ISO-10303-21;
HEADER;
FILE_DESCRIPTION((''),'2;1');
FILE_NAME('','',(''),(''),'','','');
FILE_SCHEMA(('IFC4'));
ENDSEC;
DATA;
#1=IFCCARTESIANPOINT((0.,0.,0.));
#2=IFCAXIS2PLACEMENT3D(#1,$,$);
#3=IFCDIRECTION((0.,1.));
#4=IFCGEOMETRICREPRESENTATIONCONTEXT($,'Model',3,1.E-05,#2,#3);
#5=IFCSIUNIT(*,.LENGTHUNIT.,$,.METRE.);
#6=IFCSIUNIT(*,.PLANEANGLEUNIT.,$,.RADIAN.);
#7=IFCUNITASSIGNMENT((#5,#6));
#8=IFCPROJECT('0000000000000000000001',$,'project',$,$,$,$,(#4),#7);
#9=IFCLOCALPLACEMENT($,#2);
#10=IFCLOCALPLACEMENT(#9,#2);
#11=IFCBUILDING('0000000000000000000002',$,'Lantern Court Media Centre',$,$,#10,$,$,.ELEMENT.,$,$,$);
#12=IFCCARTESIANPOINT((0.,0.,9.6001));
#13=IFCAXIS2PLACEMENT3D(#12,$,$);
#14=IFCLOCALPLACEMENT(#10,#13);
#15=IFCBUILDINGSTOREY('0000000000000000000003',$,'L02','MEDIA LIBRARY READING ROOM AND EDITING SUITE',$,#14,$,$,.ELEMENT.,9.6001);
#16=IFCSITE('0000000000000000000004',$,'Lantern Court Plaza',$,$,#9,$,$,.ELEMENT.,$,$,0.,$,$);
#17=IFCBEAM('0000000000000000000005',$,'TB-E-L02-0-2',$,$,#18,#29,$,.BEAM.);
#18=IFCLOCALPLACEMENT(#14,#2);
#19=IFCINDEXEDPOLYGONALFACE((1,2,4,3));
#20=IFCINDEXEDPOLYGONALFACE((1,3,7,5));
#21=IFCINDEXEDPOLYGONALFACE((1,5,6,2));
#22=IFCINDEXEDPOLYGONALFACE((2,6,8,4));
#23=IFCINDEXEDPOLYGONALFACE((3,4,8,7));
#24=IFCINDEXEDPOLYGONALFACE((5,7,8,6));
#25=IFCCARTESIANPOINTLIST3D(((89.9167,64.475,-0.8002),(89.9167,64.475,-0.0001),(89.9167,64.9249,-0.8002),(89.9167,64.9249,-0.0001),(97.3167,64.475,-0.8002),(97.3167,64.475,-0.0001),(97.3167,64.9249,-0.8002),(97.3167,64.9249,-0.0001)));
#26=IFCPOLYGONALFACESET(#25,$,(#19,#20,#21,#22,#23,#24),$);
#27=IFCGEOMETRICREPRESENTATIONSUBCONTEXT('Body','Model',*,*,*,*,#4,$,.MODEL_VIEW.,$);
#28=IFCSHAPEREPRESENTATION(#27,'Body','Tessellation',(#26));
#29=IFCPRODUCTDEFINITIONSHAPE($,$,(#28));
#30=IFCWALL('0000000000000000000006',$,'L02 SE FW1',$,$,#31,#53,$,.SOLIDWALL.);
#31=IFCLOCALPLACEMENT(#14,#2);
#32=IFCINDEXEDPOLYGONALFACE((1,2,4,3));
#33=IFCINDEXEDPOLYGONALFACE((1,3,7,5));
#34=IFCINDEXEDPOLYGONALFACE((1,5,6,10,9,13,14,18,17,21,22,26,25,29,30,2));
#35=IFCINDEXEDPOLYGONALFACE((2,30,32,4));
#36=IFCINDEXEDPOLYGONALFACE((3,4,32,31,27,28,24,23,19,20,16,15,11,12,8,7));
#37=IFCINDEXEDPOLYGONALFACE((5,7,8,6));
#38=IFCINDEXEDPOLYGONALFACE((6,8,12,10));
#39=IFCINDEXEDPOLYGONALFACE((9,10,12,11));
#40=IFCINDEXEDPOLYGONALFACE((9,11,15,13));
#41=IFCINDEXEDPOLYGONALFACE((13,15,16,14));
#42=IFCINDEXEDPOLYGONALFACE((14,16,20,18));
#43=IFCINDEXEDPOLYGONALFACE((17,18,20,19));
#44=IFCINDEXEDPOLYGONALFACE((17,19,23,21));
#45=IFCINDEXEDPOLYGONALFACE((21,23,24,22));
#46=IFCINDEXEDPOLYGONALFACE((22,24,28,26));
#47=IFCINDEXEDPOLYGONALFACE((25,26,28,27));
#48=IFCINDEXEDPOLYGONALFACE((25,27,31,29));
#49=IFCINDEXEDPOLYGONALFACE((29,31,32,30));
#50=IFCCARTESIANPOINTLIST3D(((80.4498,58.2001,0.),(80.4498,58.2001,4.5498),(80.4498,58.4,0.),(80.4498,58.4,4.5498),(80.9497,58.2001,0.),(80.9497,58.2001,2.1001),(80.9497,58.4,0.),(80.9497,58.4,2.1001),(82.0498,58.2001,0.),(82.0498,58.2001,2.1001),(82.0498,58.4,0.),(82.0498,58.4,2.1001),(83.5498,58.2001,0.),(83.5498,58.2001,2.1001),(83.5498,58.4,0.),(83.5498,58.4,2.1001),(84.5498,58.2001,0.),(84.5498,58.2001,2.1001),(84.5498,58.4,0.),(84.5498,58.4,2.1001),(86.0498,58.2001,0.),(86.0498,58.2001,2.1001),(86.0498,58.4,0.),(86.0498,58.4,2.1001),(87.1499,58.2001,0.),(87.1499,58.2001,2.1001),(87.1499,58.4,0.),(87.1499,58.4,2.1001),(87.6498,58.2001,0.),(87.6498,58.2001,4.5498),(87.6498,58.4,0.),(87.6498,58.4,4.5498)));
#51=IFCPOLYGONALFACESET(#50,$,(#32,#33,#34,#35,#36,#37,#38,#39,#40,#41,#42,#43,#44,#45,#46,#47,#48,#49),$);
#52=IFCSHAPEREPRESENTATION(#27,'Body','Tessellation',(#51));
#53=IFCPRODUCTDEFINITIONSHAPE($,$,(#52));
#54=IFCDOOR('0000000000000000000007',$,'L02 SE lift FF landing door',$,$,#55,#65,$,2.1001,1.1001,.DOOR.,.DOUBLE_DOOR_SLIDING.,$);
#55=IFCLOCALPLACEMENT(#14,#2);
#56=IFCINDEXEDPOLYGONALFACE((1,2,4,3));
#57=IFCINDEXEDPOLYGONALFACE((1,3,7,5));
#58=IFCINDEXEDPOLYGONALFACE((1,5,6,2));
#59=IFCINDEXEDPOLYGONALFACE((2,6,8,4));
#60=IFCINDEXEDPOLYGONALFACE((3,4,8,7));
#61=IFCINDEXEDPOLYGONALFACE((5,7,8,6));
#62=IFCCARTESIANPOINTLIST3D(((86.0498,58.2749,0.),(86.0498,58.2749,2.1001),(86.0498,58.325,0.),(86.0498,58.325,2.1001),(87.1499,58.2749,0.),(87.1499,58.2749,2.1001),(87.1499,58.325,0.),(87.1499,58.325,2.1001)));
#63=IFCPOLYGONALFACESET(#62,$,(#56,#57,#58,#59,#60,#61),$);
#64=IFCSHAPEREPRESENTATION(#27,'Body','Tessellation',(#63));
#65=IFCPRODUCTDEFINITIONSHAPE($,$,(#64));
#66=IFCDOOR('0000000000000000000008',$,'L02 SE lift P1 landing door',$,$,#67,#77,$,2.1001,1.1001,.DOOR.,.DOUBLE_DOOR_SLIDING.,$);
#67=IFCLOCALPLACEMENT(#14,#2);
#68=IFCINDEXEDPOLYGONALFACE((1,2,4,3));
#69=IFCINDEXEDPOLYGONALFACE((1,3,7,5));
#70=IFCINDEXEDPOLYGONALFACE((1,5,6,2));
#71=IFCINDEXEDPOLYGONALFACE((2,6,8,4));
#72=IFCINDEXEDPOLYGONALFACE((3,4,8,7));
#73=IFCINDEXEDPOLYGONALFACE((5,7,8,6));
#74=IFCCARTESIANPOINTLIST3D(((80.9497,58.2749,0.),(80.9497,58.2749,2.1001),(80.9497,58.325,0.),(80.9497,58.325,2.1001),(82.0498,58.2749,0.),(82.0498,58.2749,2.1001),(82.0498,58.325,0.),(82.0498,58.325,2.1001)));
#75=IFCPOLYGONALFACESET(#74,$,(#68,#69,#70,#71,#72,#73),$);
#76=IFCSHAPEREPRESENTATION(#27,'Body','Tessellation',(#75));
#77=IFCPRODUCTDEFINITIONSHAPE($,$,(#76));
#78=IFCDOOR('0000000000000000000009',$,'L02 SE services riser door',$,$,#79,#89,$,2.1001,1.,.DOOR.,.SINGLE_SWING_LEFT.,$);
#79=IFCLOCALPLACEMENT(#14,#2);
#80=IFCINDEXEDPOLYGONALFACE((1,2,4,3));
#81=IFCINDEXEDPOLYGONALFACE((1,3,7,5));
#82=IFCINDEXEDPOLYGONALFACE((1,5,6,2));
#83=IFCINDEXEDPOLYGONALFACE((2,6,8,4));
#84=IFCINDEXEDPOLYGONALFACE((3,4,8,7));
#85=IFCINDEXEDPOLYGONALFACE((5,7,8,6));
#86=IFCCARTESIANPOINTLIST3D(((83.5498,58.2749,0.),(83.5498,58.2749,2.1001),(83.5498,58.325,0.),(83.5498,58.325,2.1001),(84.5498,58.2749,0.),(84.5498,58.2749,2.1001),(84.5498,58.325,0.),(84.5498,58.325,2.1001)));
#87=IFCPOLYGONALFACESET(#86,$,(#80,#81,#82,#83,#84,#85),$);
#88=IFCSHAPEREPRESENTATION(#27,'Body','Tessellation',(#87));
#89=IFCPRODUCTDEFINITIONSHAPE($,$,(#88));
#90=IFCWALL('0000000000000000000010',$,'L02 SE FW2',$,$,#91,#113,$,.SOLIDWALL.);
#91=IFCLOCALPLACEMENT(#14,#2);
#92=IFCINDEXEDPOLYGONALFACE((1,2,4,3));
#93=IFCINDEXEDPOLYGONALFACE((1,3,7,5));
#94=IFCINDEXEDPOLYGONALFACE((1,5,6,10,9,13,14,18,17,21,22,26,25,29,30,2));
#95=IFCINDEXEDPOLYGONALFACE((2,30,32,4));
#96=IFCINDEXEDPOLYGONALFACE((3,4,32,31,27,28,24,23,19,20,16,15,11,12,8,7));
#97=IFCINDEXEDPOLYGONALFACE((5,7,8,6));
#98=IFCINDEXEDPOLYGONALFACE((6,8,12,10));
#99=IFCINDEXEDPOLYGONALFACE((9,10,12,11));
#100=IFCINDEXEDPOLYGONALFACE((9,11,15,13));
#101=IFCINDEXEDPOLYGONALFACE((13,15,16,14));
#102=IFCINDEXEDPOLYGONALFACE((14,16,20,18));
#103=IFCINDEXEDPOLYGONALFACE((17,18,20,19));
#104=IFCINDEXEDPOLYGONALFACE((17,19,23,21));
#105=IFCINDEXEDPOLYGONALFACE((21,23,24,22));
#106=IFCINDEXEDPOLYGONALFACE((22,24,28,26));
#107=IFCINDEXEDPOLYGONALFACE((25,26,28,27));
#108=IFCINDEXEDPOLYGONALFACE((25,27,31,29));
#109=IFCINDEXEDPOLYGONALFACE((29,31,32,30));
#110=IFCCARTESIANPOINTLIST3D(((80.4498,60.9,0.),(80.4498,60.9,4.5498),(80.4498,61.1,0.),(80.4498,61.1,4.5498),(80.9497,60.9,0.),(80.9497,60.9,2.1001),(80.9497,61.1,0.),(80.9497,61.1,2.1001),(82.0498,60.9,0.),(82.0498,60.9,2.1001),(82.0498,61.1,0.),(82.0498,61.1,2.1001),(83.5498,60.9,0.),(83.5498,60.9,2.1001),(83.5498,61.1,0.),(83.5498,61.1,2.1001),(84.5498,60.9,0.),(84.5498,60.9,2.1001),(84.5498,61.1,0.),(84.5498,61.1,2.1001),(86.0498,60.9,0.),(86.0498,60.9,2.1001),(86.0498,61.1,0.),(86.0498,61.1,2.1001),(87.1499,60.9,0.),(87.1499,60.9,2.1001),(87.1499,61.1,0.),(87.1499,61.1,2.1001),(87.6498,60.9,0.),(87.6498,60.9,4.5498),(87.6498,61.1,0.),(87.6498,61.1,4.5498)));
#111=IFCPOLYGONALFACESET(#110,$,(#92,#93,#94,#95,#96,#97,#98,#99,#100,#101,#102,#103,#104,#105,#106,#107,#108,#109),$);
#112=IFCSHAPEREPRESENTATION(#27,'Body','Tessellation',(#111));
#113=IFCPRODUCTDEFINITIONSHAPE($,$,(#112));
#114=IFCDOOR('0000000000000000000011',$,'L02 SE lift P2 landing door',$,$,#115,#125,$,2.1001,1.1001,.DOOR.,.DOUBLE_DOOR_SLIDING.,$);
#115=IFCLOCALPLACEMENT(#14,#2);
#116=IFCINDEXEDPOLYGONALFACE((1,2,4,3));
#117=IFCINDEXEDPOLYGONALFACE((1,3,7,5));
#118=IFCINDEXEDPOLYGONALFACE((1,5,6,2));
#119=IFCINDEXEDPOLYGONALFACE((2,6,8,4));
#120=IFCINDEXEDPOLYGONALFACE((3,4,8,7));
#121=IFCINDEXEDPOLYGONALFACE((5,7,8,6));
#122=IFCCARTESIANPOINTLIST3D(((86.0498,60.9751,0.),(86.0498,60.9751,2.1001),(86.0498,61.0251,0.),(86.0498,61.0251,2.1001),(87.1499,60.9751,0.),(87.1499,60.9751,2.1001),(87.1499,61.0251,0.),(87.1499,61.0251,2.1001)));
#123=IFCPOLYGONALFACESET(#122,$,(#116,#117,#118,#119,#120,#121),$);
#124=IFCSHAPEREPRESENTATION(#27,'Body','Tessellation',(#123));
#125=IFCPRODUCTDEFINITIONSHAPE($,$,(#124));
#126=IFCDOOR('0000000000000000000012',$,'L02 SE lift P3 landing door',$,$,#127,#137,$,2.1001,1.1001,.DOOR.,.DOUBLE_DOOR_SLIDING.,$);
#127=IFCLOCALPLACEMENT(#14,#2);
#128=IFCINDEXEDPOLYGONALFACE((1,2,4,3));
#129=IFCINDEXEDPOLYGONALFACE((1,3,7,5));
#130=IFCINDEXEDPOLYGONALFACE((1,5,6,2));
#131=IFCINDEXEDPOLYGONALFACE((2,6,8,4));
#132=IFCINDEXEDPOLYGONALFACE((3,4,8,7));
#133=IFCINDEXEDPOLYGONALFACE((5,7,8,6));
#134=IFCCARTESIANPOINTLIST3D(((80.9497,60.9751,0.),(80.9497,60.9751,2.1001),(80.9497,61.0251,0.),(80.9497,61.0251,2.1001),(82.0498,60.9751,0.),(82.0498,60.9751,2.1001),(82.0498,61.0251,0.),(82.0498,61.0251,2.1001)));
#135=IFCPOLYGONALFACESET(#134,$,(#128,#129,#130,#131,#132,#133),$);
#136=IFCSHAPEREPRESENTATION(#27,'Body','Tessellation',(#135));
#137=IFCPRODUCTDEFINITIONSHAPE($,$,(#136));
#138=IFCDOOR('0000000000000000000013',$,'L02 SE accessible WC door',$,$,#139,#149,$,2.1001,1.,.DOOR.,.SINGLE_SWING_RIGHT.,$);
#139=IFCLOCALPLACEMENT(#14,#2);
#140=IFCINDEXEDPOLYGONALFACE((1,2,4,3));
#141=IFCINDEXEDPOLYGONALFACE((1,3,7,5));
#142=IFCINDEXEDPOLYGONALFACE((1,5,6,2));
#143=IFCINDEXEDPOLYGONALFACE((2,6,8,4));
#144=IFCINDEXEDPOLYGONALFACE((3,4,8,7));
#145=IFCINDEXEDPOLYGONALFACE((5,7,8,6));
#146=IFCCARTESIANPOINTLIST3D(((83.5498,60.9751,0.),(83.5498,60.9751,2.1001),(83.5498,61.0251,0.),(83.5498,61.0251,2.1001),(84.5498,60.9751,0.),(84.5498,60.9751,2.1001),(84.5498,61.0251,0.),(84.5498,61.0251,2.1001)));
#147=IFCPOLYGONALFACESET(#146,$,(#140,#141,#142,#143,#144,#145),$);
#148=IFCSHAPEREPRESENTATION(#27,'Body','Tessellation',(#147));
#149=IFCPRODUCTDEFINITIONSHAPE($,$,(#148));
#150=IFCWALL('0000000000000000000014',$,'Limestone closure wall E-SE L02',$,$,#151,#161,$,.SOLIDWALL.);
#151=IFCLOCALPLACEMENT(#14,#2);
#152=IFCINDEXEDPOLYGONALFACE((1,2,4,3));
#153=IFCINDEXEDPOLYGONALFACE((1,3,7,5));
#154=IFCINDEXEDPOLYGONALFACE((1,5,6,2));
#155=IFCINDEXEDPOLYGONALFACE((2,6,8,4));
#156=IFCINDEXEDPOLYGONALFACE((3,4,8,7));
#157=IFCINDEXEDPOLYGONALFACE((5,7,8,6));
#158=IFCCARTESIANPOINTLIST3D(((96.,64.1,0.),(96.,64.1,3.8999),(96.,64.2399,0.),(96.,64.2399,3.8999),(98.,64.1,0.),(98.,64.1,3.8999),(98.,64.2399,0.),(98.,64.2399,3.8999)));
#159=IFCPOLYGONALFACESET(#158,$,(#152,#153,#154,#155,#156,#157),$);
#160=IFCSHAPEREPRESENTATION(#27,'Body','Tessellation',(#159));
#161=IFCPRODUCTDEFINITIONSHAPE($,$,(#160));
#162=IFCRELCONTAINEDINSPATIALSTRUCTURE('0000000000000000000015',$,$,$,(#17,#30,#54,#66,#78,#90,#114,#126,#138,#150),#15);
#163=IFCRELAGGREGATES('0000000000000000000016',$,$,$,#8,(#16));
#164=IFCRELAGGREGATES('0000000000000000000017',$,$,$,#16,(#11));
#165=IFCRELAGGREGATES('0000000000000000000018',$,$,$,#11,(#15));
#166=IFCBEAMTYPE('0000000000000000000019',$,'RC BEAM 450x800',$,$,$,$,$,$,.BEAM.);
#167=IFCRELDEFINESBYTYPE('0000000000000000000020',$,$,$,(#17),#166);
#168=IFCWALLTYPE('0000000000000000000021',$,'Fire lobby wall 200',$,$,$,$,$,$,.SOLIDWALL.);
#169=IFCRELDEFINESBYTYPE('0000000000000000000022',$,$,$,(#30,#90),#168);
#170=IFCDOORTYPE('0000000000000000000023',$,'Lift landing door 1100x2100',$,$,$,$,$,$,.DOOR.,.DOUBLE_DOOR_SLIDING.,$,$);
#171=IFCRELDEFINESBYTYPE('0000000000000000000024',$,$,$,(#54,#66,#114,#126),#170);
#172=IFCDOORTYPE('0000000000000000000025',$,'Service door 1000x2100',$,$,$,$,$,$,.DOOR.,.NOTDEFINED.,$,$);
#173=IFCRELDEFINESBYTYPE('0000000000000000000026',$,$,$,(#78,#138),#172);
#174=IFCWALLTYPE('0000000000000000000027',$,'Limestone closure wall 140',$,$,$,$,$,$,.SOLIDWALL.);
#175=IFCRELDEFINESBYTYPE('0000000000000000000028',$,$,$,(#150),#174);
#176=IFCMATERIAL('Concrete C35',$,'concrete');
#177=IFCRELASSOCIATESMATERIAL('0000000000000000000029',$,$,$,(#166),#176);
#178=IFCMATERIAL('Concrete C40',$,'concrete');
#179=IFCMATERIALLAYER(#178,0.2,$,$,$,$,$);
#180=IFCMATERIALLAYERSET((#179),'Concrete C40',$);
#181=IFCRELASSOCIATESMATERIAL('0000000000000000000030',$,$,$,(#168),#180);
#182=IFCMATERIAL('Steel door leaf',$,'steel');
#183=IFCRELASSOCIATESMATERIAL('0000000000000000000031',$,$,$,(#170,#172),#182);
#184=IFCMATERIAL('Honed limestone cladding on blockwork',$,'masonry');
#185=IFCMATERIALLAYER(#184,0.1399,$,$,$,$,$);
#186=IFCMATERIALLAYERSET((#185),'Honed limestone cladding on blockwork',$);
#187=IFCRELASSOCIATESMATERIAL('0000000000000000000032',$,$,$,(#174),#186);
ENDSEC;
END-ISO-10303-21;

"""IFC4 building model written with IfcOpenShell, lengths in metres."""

from ifc_helpers import new_model, si_unit, direction, frame, frame_2d, origin, origin_2d, place, context, subcontext, project, spatial, rectangle, extrude, material, layer, layer_set, material_profile, profile_set, type_object, element, fill, save


model = new_model("IFC4")

# Units and contexts
model_context = context("Model", 3, precision=1e-05, world=origin(), true_north=direction((0.0, 1.0)))
body_context = subcontext(model_context, "Body", "Model", "MODEL_VIEW")
ifc_project = project(units=[si_unit("LENGTHUNIT", "METRE"), si_unit("PLANEANGLEUNIT", "RADIAN")], contexts=[model_context])

# Site, building, storey
site_placement = place(None, origin())
site = spatial("IfcSite", under=ifc_project, at=site_placement, Name="Lantern Court Plaza", CompositionType="ELEMENT", RefElevation=0.0)
building_placement = place(site_placement, origin())
building = spatial("IfcBuilding", under=site, at=building_placement, Name="Lantern Court Media Centre", CompositionType="ELEMENT")
storey_placement = place(building_placement, frame((0.0, 0.0, 9.6001)))
storey = spatial("IfcBuildingStorey", under=building, at=storey_placement, Name="L02", Description="MEDIA LIBRARY READING ROOM AND EDITING SUITE", CompositionType="ELEMENT", Elevation=9.6001)

# Shared definitions
ifc_material_1 = material(Name="Concrete C35", Category="concrete")

# Beam
ifc_material_profile_1 = material_profile(ifc_material_1, rectangle(XDim=0.45, YDim=0.8, at=origin_2d()), Name="RC 450x800")
ifc_profile_set_1 = profile_set([ifc_material_profile_1], Name="Concrete C35")
beam_type_1 = type_object("IfcBeamType", Name="RC BEAM 450x800", PredefinedType="BEAM", material=ifc_profile_set_1)
beam_1_placement = place(storey_placement, frame((89.9167, 64.7, -0.4001), z_axis=(1.0, 0.0, 0.0), x_axis=(0.0, 1.0, 0.0)))
element("IfcBeam", 1, at=beam_1_placement, inside=storey, type_object=beam_type_1, Name="TB-E-L02-0-2", PredefinedType="BEAM", context=body_context, shape_type="SweptSolid", body=[
    extrude(rectangle(XDim=0.45, YDim=0.8, at=origin_2d()), origin(), (0.0, 0.0, 1.0), 7.3999),
])

# Walls, openings, doors
ifc_material_2 = material(Name="Concrete C40", Category="concrete")
ifc_layer_1 = layer(ifc_material_2, 0.2)
ifc_layer_set_1 = layer_set([ifc_layer_1], Name="Concrete C40")
wall_type_1 = type_object("IfcWallType", Name="Fire lobby wall 200", PredefinedType="SOLIDWALL", material=ifc_layer_set_1)
wall_1_placement = place(storey_placement, frame((87.6499, 58.3, 0.0), z_axis=(0.0, 0.0, 1.0), x_axis=(-1.0, 0.0, 0.0)))
wall_1 = element("IfcWall", 2, at=wall_1_placement, inside=storey, type_object=wall_type_1, Name="L02 SE FW1", PredefinedType="SOLIDWALL", context=body_context, shape_type="SweptSolid", body=[
    extrude(rectangle(XDim=7.2, YDim=0.2, at=frame_2d((3.6001, 0.0))), origin(), (0.0, 0.0, 1.0), 4.5498),
])
opening_1_placement = place(wall_1_placement, frame((0.5, 0.0, 0.0)))
opening_1 = element("IfcOpeningElement", 3, at=opening_1_placement, cuts=wall_1, PredefinedType="OPENING", context=body_context, shape_type="SweptSolid", body=[
    extrude(rectangle(XDim=1.1001, YDim=2.1001, at=frame_2d((0.55, 1.05))), frame((0.0, 0.1099, 0.0), z_axis=(0.0, -1.0, 0.0), x_axis=(1.0, 0.0, 0.0)), (0.0, 0.0, 1.0), 0.22),
])
opening_2_placement = place(wall_1_placement, frame((5.6001, 0.0, 0.0)))
opening_2 = element("IfcOpeningElement", 4, at=opening_2_placement, cuts=wall_1, PredefinedType="OPENING", context=body_context, shape_type="SweptSolid", body=[
    extrude(rectangle(XDim=1.1001, YDim=2.1001, at=frame_2d((0.55, 1.05))), frame((0.0, 0.1099, 0.0), z_axis=(0.0, -1.0, 0.0), x_axis=(1.0, 0.0, 0.0)), (0.0, 0.0, 1.0), 0.22),
])
opening_3_placement = place(wall_1_placement, frame((3.1001, 0.0, 0.0)))
opening_3 = element("IfcOpeningElement", 5, at=opening_3_placement, cuts=wall_1, PredefinedType="OPENING", context=body_context, shape_type="SweptSolid", body=[
    extrude(rectangle(XDim=1.0, YDim=2.1001, at=frame_2d((0.5, 1.05))), frame((0.0, 0.1099, 0.0), z_axis=(0.0, -1.0, 0.0), x_axis=(1.0, 0.0, 0.0)), (0.0, 0.0, 1.0), 0.22),
])
ifc_material_3 = material(Name="Steel door leaf", Category="steel")
door_type_1 = type_object("IfcDoorType", Name="Lift landing door 1100x2100", OperationType="DOUBLE_DOOR_SLIDING", PredefinedType="DOOR", material=ifc_material_3)
door_1_placement = place(opening_1_placement, frame((1.1001, 0.0, 0.0), z_axis=(0.0, 0.0, 1.0), x_axis=(-1.0, 0.0, 0.0)))
door_1 = element("IfcDoor", 6, at=door_1_placement, inside=storey, type_object=door_type_1, Name="L02 SE lift FF landing door", OperationType="DOUBLE_DOOR_SLIDING", OverallHeight=2.1001, OverallWidth=1.1001, PredefinedType="DOOR", context=body_context, shape_type="SweptSolid", body=[
    extrude(rectangle(XDim=1.1001, YDim=2.1001, at=frame_2d((0.55, 1.05))), frame((0.0, 0.0249, 0.0), z_axis=(0.0, -1.0, 0.0), x_axis=(1.0, 0.0, 0.0)), (0.0, 0.0, 1.0), 0.05),
])
fill(opening_1, door_1)
door_2_placement = place(opening_2_placement, frame((1.1001, 0.0, 0.0), z_axis=(0.0, 0.0, 1.0), x_axis=(-1.0, 0.0, 0.0)))
door_2 = element("IfcDoor", 7, at=door_2_placement, inside=storey, type_object=door_type_1, Name="L02 SE lift P1 landing door", OperationType="DOUBLE_DOOR_SLIDING", OverallHeight=2.1001, OverallWidth=1.1001, PredefinedType="DOOR", context=body_context, shape_type="SweptSolid", body=[
    extrude(rectangle(XDim=1.1001, YDim=2.1001, at=frame_2d((0.55, 1.05))), frame((0.0, 0.0249, 0.0), z_axis=(0.0, -1.0, 0.0), x_axis=(1.0, 0.0, 0.0)), (0.0, 0.0, 1.0), 0.05),
])
fill(opening_2, door_2)
door_type_2 = type_object("IfcDoorType", Name="Service door 1000x2100", OperationType="NOTDEFINED", PredefinedType="DOOR", material=ifc_material_3)
door_3_placement = place(opening_3_placement, frame((1.0, 0.0, 0.0), z_axis=(0.0, 0.0, 1.0), x_axis=(-1.0, 0.0, 0.0)))
door_3 = element("IfcDoor", 8, at=door_3_placement, inside=storey, type_object=door_type_2, Name="L02 SE services riser door", OperationType="SINGLE_SWING_LEFT", OverallHeight=2.1001, OverallWidth=1.0, PredefinedType="DOOR", context=body_context, shape_type="SweptSolid", body=[
    extrude(rectangle(XDim=1.0, YDim=2.1001, at=frame_2d((0.5, 1.05))), frame((0.0, 0.0249, 0.0), z_axis=(0.0, -1.0, 0.0), x_axis=(1.0, 0.0, 0.0)), (0.0, 0.0, 1.0), 0.05),
])
fill(opening_3, door_3)
wall_2_placement = place(storey_placement, frame((87.6499, 61.0, 0.0), z_axis=(0.0, 0.0, 1.0), x_axis=(-1.0, 0.0, 0.0)))
wall_2 = element("IfcWall", 9, at=wall_2_placement, inside=storey, type_object=wall_type_1, Name="L02 SE FW2", PredefinedType="SOLIDWALL", context=body_context, shape_type="SweptSolid", body=[
    extrude(rectangle(XDim=7.2, YDim=0.2, at=frame_2d((3.6001, 0.0))), origin(), (0.0, 0.0, 1.0), 4.5498),
])
opening_4_placement = place(wall_2_placement, frame((0.5, 0.0, 0.0)))
opening_4 = element("IfcOpeningElement", 10, at=opening_4_placement, cuts=wall_2, PredefinedType="OPENING", context=body_context, shape_type="SweptSolid", body=[
    extrude(rectangle(XDim=1.1001, YDim=2.1001, at=frame_2d((0.55, 1.05))), frame((0.0, 0.1099, 0.0), z_axis=(0.0, -1.0, 0.0), x_axis=(1.0, 0.0, 0.0)), (0.0, 0.0, 1.0), 0.22),
])
opening_5_placement = place(wall_2_placement, frame((5.6001, 0.0, 0.0)))
opening_5 = element("IfcOpeningElement", 11, at=opening_5_placement, cuts=wall_2, PredefinedType="OPENING", context=body_context, shape_type="SweptSolid", body=[
    extrude(rectangle(XDim=1.1001, YDim=2.1001, at=frame_2d((0.55, 1.05))), frame((0.0, 0.1099, 0.0), z_axis=(0.0, -1.0, 0.0), x_axis=(1.0, 0.0, 0.0)), (0.0, 0.0, 1.0), 0.22),
])
opening_6_placement = place(wall_2_placement, frame((3.1001, 0.0, 0.0)))
opening_6 = element("IfcOpeningElement", 12, at=opening_6_placement, cuts=wall_2, PredefinedType="OPENING", context=body_context, shape_type="SweptSolid", body=[
    extrude(rectangle(XDim=1.0, YDim=2.1001, at=frame_2d((0.5, 1.05))), frame((0.0, 0.1099, 0.0), z_axis=(0.0, -1.0, 0.0), x_axis=(1.0, 0.0, 0.0)), (0.0, 0.0, 1.0), 0.22),
])
door_4_placement = place(opening_4_placement, origin())
door_4 = element("IfcDoor", 13, at=door_4_placement, inside=storey, type_object=door_type_1, Name="L02 SE lift P2 landing door", OperationType="DOUBLE_DOOR_SLIDING", OverallHeight=2.1001, OverallWidth=1.1001, PredefinedType="DOOR", context=body_context, shape_type="SweptSolid", body=[
    extrude(rectangle(XDim=1.1001, YDim=2.1001, at=frame_2d((0.55, 1.05))), frame((0.0, 0.0249, 0.0), z_axis=(0.0, -1.0, 0.0), x_axis=(1.0, 0.0, 0.0)), (0.0, 0.0, 1.0), 0.05),
])
fill(opening_4, door_4)
door_5_placement = place(opening_5_placement, origin())
door_5 = element("IfcDoor", 14, at=door_5_placement, inside=storey, type_object=door_type_1, Name="L02 SE lift P3 landing door", OperationType="DOUBLE_DOOR_SLIDING", OverallHeight=2.1001, OverallWidth=1.1001, PredefinedType="DOOR", context=body_context, shape_type="SweptSolid", body=[
    extrude(rectangle(XDim=1.1001, YDim=2.1001, at=frame_2d((0.55, 1.05))), frame((0.0, 0.0249, 0.0), z_axis=(0.0, -1.0, 0.0), x_axis=(1.0, 0.0, 0.0)), (0.0, 0.0, 1.0), 0.05),
])
fill(opening_5, door_5)
door_6_placement = place(opening_6_placement, origin())
door_6 = element("IfcDoor", 15, at=door_6_placement, inside=storey, type_object=door_type_2, Name="L02 SE accessible WC door", OperationType="SINGLE_SWING_RIGHT", OverallHeight=2.1001, OverallWidth=1.0, PredefinedType="DOOR", context=body_context, shape_type="SweptSolid", body=[
    extrude(rectangle(XDim=1.0, YDim=2.1001, at=frame_2d((0.5, 1.05))), frame((0.0, 0.0249, 0.0), z_axis=(0.0, -1.0, 0.0), x_axis=(1.0, 0.0, 0.0)), (0.0, 0.0, 1.0), 0.05),
])
fill(opening_6, door_6)

# Wall
ifc_material_4 = material(Name="Honed limestone cladding on blockwork", Category="masonry")
ifc_layer_2 = layer(ifc_material_4, 0.1399)
ifc_layer_set_2 = layer_set([ifc_layer_2], Name="Honed limestone cladding on blockwork")
wall_type_2 = type_object("IfcWallType", Name="Limestone closure wall 140", PredefinedType="SOLIDWALL", material=ifc_layer_set_2)
wall_3_placement = place(storey_placement, frame((96.0, 64.1699, 0.0), z_axis=(0.0, 0.0, 1.0), x_axis=(1.0, 0.0, 0.0)))
element("IfcWall", 16, at=wall_3_placement, inside=storey, type_object=wall_type_2, Name="Limestone closure wall E-SE L02", PredefinedType="SOLIDWALL", context=body_context, shape_type="SweptSolid", body=[
    extrude(rectangle(XDim=2.0, YDim=0.1399, at=frame_2d((1.0, 0.0))), origin(), (0.0, 0.0, 1.0), 3.8999),
])

save(model, "model.ifc")
